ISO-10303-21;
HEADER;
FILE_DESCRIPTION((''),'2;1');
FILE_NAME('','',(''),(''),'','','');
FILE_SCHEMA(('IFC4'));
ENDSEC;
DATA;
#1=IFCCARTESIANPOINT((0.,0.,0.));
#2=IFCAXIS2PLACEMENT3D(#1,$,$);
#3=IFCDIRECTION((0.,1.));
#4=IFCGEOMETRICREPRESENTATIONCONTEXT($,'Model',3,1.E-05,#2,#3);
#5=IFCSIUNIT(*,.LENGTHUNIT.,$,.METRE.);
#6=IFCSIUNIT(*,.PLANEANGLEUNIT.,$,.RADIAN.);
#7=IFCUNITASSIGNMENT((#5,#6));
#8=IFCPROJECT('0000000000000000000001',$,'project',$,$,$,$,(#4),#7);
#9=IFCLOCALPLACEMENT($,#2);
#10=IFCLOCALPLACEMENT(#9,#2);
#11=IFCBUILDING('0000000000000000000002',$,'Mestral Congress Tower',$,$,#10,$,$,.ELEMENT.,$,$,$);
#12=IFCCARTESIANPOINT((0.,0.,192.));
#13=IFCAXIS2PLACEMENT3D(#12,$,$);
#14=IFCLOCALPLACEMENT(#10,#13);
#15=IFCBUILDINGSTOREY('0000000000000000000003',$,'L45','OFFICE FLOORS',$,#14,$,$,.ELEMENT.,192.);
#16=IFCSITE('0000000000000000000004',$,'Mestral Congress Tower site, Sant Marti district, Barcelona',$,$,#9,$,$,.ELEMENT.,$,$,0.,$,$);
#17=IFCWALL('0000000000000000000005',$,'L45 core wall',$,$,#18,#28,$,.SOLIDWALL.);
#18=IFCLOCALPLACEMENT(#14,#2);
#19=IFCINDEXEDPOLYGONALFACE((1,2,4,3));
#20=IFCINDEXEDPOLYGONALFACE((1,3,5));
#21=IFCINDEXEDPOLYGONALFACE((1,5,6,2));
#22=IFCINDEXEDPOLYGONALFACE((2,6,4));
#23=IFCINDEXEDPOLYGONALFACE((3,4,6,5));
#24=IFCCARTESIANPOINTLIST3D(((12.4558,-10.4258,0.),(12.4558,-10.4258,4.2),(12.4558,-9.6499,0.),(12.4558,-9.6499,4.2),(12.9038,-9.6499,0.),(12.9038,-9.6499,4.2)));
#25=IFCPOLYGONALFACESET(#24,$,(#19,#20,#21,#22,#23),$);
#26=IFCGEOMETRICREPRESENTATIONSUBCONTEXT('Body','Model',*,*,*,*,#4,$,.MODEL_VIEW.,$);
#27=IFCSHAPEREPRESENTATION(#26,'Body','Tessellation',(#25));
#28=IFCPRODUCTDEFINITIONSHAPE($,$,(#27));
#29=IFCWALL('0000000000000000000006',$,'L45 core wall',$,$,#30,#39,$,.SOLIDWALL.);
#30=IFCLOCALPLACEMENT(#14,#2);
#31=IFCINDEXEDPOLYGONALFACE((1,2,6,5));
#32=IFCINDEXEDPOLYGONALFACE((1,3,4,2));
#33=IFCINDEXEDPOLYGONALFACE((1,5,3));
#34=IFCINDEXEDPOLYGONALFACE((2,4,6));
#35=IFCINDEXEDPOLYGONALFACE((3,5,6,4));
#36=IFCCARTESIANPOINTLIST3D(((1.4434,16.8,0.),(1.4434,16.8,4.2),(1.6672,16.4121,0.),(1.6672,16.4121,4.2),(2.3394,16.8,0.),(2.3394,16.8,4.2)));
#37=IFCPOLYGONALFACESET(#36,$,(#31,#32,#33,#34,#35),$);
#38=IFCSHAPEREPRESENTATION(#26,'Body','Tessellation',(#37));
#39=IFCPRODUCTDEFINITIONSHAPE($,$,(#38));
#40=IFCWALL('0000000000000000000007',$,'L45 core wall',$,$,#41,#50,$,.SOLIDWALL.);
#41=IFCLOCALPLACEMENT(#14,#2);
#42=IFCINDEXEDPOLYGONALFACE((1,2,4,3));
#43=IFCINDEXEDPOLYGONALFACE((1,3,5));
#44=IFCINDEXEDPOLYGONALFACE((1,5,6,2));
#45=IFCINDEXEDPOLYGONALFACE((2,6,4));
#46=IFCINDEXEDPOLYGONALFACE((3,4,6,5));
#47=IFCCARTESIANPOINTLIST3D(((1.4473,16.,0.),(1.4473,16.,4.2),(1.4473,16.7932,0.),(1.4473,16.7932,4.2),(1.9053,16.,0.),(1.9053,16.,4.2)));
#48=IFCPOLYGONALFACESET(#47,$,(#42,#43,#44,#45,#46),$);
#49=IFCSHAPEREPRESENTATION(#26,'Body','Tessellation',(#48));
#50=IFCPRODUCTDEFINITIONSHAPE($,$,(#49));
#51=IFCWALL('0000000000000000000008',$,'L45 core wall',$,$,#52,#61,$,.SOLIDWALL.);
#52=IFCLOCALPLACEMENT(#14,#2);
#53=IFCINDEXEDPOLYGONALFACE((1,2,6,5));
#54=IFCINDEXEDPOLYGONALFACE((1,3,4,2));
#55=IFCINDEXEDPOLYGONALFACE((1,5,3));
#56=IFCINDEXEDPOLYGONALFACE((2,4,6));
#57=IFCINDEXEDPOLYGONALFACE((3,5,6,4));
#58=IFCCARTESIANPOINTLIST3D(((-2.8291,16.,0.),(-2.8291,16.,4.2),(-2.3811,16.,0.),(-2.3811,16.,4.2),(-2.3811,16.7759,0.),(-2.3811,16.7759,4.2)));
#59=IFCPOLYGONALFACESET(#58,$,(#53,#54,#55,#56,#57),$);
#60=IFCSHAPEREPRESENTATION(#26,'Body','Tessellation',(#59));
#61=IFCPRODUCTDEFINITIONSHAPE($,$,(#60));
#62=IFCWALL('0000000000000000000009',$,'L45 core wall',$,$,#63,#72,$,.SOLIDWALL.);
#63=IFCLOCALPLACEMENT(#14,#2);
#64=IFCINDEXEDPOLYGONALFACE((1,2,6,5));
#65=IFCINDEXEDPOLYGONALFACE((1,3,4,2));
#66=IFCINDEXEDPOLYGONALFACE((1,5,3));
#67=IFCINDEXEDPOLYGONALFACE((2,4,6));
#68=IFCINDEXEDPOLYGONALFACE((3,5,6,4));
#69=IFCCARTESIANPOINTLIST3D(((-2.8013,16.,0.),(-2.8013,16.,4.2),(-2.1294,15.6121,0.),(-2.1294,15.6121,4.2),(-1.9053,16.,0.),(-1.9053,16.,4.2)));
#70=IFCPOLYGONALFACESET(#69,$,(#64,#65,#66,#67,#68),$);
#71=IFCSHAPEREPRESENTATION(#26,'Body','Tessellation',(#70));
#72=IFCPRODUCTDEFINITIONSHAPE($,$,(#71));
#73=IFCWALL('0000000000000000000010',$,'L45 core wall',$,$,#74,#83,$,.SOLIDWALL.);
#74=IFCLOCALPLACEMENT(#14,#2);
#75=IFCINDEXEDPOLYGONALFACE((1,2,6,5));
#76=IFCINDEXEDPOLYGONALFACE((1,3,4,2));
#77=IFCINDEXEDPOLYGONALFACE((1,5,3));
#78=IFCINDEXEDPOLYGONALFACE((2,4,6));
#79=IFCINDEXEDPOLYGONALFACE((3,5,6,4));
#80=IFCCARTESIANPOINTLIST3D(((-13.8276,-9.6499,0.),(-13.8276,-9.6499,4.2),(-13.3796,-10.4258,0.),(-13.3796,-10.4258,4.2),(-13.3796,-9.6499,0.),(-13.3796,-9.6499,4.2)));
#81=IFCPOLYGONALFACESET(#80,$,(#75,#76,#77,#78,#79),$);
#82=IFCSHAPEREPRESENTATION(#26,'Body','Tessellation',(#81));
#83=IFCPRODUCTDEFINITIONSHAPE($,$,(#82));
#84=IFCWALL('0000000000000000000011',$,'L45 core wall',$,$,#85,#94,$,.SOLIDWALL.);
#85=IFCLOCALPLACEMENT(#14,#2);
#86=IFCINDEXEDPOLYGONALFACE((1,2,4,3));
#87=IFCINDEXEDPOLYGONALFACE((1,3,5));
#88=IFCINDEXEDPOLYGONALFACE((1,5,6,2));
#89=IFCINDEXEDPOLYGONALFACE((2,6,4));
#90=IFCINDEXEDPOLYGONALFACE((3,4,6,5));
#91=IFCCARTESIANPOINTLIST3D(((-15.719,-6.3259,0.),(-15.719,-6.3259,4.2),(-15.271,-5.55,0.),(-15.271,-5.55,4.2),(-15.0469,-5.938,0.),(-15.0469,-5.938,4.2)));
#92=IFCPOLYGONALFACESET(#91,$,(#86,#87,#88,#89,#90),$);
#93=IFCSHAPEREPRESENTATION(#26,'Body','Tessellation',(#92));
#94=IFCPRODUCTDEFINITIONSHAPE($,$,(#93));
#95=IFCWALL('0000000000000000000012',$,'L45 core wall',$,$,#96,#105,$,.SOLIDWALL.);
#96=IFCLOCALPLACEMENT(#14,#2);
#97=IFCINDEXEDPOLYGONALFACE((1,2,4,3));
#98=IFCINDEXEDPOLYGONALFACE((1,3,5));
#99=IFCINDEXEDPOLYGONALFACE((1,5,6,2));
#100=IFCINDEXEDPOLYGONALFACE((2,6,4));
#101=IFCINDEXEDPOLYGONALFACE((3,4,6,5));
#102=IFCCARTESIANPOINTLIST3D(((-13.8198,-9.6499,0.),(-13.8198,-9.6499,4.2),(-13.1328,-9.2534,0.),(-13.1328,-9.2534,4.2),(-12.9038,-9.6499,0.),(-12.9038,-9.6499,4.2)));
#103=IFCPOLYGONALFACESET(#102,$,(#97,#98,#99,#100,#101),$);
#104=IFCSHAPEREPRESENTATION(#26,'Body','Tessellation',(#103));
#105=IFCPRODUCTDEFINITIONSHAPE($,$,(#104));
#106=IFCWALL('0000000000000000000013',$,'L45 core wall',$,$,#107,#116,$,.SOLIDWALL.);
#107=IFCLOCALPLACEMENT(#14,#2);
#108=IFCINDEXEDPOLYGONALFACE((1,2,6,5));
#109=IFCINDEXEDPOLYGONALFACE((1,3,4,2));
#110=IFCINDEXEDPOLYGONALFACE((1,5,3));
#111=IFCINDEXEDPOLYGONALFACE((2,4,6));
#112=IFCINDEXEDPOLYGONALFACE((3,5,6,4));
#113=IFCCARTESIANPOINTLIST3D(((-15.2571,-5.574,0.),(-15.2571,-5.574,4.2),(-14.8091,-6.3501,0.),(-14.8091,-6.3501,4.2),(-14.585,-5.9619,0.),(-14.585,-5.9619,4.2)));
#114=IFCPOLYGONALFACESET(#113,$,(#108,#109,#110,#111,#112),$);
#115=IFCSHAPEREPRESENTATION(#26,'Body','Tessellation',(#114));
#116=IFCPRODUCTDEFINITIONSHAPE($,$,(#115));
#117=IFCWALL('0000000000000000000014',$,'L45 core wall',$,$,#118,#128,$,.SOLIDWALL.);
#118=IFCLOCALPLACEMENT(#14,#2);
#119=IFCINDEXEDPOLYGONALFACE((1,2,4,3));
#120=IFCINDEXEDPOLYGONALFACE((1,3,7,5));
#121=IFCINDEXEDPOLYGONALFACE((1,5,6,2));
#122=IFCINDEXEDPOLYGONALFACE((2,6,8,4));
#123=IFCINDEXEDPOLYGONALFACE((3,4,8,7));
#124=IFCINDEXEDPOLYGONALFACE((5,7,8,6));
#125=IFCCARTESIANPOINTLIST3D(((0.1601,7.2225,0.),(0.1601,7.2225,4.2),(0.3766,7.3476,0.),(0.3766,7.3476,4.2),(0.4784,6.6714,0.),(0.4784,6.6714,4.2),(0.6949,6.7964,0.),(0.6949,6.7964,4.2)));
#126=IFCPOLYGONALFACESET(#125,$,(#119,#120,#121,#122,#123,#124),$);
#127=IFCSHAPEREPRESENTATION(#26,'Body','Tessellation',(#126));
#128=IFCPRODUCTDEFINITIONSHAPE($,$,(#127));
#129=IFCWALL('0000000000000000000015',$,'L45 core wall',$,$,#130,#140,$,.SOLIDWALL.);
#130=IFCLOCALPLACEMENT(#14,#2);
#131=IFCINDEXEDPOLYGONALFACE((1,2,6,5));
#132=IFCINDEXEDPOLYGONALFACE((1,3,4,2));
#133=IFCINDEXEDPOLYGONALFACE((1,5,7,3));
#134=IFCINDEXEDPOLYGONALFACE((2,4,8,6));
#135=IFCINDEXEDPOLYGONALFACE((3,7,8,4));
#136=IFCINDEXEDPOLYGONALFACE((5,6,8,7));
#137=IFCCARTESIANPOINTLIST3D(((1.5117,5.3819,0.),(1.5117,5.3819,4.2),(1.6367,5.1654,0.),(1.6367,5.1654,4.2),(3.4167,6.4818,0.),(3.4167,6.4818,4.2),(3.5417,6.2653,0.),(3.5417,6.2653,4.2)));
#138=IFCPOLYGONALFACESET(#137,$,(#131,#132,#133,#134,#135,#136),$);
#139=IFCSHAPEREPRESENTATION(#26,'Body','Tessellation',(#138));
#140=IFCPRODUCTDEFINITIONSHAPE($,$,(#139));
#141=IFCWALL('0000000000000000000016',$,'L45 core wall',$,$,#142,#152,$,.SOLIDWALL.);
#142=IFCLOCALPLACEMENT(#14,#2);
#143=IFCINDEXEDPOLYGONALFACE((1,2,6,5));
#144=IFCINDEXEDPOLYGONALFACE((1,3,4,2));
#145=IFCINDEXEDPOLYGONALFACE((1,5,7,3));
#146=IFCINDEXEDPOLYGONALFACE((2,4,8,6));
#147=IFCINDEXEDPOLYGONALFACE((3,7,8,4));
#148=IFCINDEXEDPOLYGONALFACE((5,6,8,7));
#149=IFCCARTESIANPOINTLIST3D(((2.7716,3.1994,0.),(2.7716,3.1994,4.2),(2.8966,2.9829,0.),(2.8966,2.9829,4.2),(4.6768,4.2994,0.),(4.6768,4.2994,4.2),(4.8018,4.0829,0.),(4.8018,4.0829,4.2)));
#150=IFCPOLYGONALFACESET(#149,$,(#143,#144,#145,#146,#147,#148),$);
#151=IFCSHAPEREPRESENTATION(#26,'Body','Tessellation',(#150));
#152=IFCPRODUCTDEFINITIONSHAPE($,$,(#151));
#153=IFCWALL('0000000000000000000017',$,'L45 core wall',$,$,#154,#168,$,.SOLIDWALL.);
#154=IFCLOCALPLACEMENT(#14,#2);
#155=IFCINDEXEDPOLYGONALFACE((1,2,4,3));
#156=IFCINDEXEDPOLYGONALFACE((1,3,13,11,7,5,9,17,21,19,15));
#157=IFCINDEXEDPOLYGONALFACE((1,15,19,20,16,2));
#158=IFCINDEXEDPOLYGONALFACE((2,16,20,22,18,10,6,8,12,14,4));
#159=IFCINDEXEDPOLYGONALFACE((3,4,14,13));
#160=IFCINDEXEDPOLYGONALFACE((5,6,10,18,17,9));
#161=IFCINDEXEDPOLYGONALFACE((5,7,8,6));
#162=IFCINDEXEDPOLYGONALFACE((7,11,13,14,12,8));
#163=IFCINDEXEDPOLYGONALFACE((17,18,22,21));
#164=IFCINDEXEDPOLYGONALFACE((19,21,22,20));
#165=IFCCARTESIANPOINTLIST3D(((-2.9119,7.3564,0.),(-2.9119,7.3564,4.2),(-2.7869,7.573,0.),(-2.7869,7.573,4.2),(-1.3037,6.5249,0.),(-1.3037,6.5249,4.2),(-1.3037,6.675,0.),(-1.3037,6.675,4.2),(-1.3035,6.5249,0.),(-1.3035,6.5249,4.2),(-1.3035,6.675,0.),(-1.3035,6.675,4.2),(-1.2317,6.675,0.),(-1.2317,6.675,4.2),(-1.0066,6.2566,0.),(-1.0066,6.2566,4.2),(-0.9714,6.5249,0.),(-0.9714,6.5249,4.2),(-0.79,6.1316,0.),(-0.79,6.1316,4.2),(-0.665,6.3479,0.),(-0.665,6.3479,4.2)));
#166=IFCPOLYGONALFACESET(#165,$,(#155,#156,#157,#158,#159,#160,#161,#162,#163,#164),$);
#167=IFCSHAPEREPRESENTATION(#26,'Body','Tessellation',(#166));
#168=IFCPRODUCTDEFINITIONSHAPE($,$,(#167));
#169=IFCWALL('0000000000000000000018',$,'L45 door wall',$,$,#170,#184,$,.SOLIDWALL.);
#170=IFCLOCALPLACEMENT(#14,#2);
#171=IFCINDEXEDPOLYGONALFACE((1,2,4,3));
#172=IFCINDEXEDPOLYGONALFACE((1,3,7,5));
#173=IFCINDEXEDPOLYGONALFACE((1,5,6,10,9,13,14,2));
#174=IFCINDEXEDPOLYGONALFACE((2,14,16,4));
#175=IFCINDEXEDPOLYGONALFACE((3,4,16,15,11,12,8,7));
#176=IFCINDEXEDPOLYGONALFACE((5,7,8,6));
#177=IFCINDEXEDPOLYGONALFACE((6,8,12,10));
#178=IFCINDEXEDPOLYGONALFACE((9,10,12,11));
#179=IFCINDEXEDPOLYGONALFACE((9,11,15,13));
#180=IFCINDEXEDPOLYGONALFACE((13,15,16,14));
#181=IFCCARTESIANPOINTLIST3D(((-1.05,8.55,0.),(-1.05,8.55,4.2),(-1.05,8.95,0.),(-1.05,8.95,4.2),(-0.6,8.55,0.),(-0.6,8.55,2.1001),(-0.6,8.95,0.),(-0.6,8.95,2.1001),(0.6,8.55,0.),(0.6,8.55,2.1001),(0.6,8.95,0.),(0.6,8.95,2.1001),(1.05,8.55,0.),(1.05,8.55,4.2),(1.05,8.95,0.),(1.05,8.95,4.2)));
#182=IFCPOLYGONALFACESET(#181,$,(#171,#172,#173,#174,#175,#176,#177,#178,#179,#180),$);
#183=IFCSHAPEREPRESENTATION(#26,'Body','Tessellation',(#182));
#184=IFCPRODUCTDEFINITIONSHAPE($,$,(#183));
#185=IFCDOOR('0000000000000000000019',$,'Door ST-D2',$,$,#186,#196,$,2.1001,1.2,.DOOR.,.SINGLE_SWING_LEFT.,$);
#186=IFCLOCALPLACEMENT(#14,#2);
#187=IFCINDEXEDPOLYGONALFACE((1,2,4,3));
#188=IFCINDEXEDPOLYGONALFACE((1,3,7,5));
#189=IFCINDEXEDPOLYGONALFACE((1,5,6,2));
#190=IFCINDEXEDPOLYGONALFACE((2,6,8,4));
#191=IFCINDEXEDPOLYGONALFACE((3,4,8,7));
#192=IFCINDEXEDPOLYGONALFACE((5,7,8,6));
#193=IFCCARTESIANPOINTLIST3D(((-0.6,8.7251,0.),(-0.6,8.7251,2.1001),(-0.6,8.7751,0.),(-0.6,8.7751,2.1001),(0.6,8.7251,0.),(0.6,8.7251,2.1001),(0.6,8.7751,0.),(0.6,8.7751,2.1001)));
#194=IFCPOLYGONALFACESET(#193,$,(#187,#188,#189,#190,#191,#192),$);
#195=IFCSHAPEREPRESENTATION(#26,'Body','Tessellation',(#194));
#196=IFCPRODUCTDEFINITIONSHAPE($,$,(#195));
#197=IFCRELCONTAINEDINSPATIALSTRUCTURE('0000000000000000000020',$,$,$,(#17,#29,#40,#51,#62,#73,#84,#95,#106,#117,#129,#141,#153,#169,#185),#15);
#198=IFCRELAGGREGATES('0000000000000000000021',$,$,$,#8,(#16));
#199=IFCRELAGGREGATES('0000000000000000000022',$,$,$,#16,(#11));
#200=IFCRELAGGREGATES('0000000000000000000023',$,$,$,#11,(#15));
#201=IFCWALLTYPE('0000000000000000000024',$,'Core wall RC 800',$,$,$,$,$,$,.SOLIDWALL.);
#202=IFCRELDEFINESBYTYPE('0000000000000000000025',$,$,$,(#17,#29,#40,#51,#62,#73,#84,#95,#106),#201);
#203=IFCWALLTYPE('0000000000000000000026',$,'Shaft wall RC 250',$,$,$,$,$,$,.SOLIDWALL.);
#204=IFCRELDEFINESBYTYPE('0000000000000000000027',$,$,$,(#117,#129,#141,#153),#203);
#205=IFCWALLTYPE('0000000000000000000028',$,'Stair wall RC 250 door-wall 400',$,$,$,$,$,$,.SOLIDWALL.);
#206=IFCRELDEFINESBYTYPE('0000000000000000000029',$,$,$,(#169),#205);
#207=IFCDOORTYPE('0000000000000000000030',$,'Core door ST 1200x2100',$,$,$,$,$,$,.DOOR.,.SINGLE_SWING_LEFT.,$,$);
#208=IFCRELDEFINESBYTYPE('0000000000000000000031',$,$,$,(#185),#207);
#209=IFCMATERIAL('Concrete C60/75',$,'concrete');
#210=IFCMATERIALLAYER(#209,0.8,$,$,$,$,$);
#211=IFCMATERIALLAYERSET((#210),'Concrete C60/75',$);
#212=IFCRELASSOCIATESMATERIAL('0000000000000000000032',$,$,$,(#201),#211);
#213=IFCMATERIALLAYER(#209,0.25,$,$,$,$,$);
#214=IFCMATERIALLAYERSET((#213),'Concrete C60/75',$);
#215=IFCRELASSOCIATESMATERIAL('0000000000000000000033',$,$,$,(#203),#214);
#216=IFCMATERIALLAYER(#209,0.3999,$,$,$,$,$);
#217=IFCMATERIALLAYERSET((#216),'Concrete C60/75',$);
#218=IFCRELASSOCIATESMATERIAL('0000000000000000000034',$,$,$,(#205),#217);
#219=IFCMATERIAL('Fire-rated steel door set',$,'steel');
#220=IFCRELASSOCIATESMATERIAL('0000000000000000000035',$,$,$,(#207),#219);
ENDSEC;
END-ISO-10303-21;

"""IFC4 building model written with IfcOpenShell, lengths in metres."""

from ifc_helpers import new_model, si_unit, direction, frame, frame_2d, origin, place, context, subcontext, project, spatial, polyline, rectangle, outline, extrude, material, layer, layer_set, type_object, element, fill, save


model = new_model("IFC4")

# Units and contexts
model_context = context("Model", 3, precision=1e-05, world=origin(), true_north=direction((0.0, 1.0)))
body_context = subcontext(model_context, "Body", "Model", "MODEL_VIEW")
ifc_project = project(units=[si_unit("LENGTHUNIT", "METRE"), si_unit("PLANEANGLEUNIT", "RADIAN")], contexts=[model_context])

# Site, building, storey
site_placement = place(None, origin())
site = spatial("IfcSite", under=ifc_project, at=site_placement, Name="Mestral Congress Tower site, Sant Marti district, Barcelona", CompositionType="ELEMENT", RefElevation=0.0)
building_placement = place(site_placement, origin())
building = spatial("IfcBuilding", under=site, at=building_placement, Name="Mestral Congress Tower", CompositionType="ELEMENT")
storey_placement = place(building_placement, frame((0.0, 0.0, 192.0)))
storey = spatial("IfcBuildingStorey", under=building, at=storey_placement, Name="L45", Description="OFFICE FLOORS", CompositionType="ELEMENT", Elevation=192.0)

# Shared definitions
ifc_material_1 = material(Name="Concrete C60/75", Category="concrete")

# Shared definitions
placement = place(storey_placement, origin())

# Walls
ifc_layer_1 = layer(ifc_material_1, 0.8)
ifc_layer_set_1 = layer_set([ifc_layer_1], Name="Concrete C60/75")
wall_type_1 = type_object("IfcWallType", Name="Core wall RC 800", PredefinedType="SOLIDWALL", material=ifc_layer_set_1)
element("IfcWall", 1, at=placement, inside=storey, type_object=wall_type_1, Name="L45 core wall", PredefinedType="SOLIDWALL", context=body_context, shape_type="SweptSolid", body=[
    extrude(outline(polyline([(12.9038, -9.6499), (12.4558, -10.4258), (12.4558, -9.6499), (12.9038, -9.6499)])), origin(), (0.0, 0.0, 1.0), 4.2),
])
element("IfcWall", 2, at=placement, inside=storey, type_object=wall_type_1, Name="L45 core wall", PredefinedType="SOLIDWALL", context=body_context, shape_type="SweptSolid", body=[
    extrude(outline(polyline([(1.4434, 16.8), (2.3394, 16.8), (1.6672, 16.4121), (1.4434, 16.8)])), origin(), (0.0, 0.0, 1.0), 4.2),
])
element("IfcWall", 3, at=placement, inside=storey, type_object=wall_type_1, Name="L45 core wall", PredefinedType="SOLIDWALL", context=body_context, shape_type="SweptSolid", body=[
    extrude(outline(polyline([(1.9053, 16.0), (1.4473, 16.0), (1.4473, 16.7932), (1.9053, 16.0)])), origin(), (0.0, 0.0, 1.0), 4.2),
])
element("IfcWall", 4, at=placement, inside=storey, type_object=wall_type_1, Name="L45 core wall", PredefinedType="SOLIDWALL", context=body_context, shape_type="SweptSolid", body=[
    extrude(outline(polyline([(-2.8291, 16.0), (-2.3811, 16.7759), (-2.3811, 16.0), (-2.8291, 16.0)])), origin(), (0.0, 0.0, 1.0), 4.2),
])
element("IfcWall", 5, at=placement, inside=storey, type_object=wall_type_1, Name="L45 core wall", PredefinedType="SOLIDWALL", context=body_context, shape_type="SweptSolid", body=[
    extrude(outline(polyline([(-1.9053, 16.0), (-2.1294, 15.6121), (-2.8013, 16.0), (-1.9053, 16.0)])), origin(), (0.0, 0.0, 1.0), 4.2),
])
element("IfcWall", 6, at=placement, inside=storey, type_object=wall_type_1, Name="L45 core wall", PredefinedType="SOLIDWALL", context=body_context, shape_type="SweptSolid", body=[
    extrude(outline(polyline([(-13.8276, -9.6499), (-13.3796, -9.6499), (-13.3796, -10.4258), (-13.8276, -9.6499)])), origin(), (0.0, 0.0, 1.0), 4.2),
])
element("IfcWall", 7, at=placement, inside=storey, type_object=wall_type_1, Name="L45 core wall", PredefinedType="SOLIDWALL", context=body_context, shape_type="SweptSolid", body=[
    extrude(outline(polyline([(-15.0469, -5.938), (-15.719, -6.3259), (-15.271, -5.55), (-15.0469, -5.938)])), origin(), (0.0, 0.0, 1.0), 4.2),
])
element("IfcWall", 8, at=placement, inside=storey, type_object=wall_type_1, Name="L45 core wall", PredefinedType="SOLIDWALL", context=body_context, shape_type="SweptSolid", body=[
    extrude(outline(polyline([(-12.9038, -9.6499), (-13.8198, -9.6499), (-13.1328, -9.2534), (-12.9038, -9.6499)])), origin(), (0.0, 0.0, 1.0), 4.2),
])
element("IfcWall", 9, at=placement, inside=storey, type_object=wall_type_1, Name="L45 core wall", PredefinedType="SOLIDWALL", context=body_context, shape_type="SweptSolid", body=[
    extrude(outline(polyline([(-14.8091, -6.3501), (-15.2571, -5.574), (-14.585, -5.9619), (-14.8091, -6.3501)])), origin(), (0.0, 0.0, 1.0), 4.2),
])
ifc_layer_2 = layer(ifc_material_1, 0.25)
ifc_layer_set_2 = layer_set([ifc_layer_2], Name="Concrete C60/75")
wall_type_2 = type_object("IfcWallType", Name="Shaft wall RC 250", PredefinedType="SOLIDWALL", material=ifc_layer_set_2)
wall_1_placement = place(storey_placement, frame((0.2683, 7.2852, 0.0), z_axis=(0.0, 0.0, 1.0), x_axis=(0.500099, -0.865968, 0.0)))
element("IfcWall", 10, at=wall_1_placement, inside=storey, type_object=wall_type_2, Name="L45 core wall", PredefinedType="SOLIDWALL", context=body_context, shape_type="SweptSolid", body=[
    extrude(rectangle(XDim=0.6365, YDim=0.25, at=frame_2d((0.3184, 0.0))), origin(), (0.0, 0.0, 1.0), 4.2),
])
wall_2_placement = place(storey_placement, frame((1.5742, 5.2737, 0.0), z_axis=(0.0, 0.0, 1.0), x_axis=(0.866028, 0.499995, 0.0)))
element("IfcWall", 11, at=wall_2_placement, inside=storey, type_object=wall_type_2, Name="L45 core wall", PredefinedType="SOLIDWALL", context=body_context, shape_type="SweptSolid", body=[
    extrude(rectangle(XDim=2.1997, YDim=0.25, at=frame_2d((1.0999, 0.0))), origin(), (0.0, 0.0, 1.0), 4.2),
])
wall_3_placement = place(storey_placement, frame((2.834, 3.0911, 0.0), z_axis=(0.0, 0.0, 1.0), x_axis=(0.866008, 0.50003, 0.0)))
element("IfcWall", 12, at=wall_3_placement, inside=storey, type_object=wall_type_2, Name="L45 core wall", PredefinedType="SOLIDWALL", context=body_context, shape_type="SweptSolid", body=[
    extrude(rectangle(XDim=2.2, YDim=0.25, at=frame_2d((1.1001, 0.0))), origin(), (0.0, 0.0, 1.0), 4.2),
])
element("IfcWall", 13, at=placement, inside=storey, type_object=wall_type_2, Name="L45 core wall", PredefinedType="SOLIDWALL", context=body_context, shape_type="SweptSolid", body=[
    extrude(outline(polyline([(-2.9119, 7.3564), (-2.7869, 7.573), (-1.2317, 6.675), (-1.3035, 6.675), (-1.3037, 6.675), (-1.3037, 6.675), (-1.3037, 6.5249), (-1.3037, 6.5249), (-1.3035, 6.5249), (-0.9714, 6.5249), (-0.665, 6.3479), (-0.79, 6.1316), (-1.0066, 6.2566), (-1.0066, 6.2566), (-2.9119, 7.3564)])), origin(), (0.0, 0.0, 1.0), 4.2),
])

# Wall, opening, door
ifc_layer_3 = layer(ifc_material_1, 0.3999)
ifc_layer_set_3 = layer_set([ifc_layer_3], Name="Concrete C60/75")
wall_type_3 = type_object("IfcWallType", Name="Stair wall RC 250 door-wall 400", PredefinedType="SOLIDWALL", material=ifc_layer_set_3)
wall_4_placement = place(storey_placement, frame((1.05, 8.75, 0.0), z_axis=(0.0, 0.0, 1.0), x_axis=(-1.0, 0.0, 0.0)))
wall_4 = element("IfcWall", 14, at=wall_4_placement, inside=storey, type_object=wall_type_3, Name="L45 door wall", PredefinedType="SOLIDWALL", context=body_context, shape_type="SweptSolid", body=[
    extrude(rectangle(XDim=2.1001, YDim=0.3999, at=frame_2d((1.05, 0.0))), origin(), (0.0, 0.0, 1.0), 4.2),
])
opening_placement = place(wall_4_placement, frame((0.45, 0.0, 0.0)))
opening = element("IfcOpeningElement", 15, at=opening_placement, cuts=wall_4, PredefinedType="OPENING", context=body_context, shape_type="SweptSolid", body=[
    extrude(rectangle(XDim=1.2, YDim=2.1001, at=frame_2d((0.6001, 1.05))), frame((0.0, 0.21, 0.0), z_axis=(0.0, -1.0, 0.0), x_axis=(1.0, 0.0, 0.0)), (0.0, 0.0, 1.0), 0.4199),
])
ifc_material_2 = material(Name="Fire-rated steel door set", Category="steel")
door_type = type_object("IfcDoorType", Name="Core door ST 1200x2100", OperationType="SINGLE_SWING_LEFT", PredefinedType="DOOR", material=ifc_material_2)
door_placement = place(opening_placement, origin())
door = element("IfcDoor", 16, at=door_placement, inside=storey, type_object=door_type, Name="Door ST-D2", OperationType="SINGLE_SWING_LEFT", OverallHeight=2.1001, OverallWidth=1.2, PredefinedType="DOOR", context=body_context, shape_type="SweptSolid", body=[
    extrude(rectangle(XDim=1.2, YDim=2.1001, at=frame_2d((0.6001, 1.05))), frame((0.0, 0.0249, 0.0), z_axis=(0.0, -1.0, 0.0), x_axis=(1.0, 0.0, 0.0)), (0.0, 0.0, 1.0), 0.05),
])
fill(opening, door)

save(model, "model.ifc")
